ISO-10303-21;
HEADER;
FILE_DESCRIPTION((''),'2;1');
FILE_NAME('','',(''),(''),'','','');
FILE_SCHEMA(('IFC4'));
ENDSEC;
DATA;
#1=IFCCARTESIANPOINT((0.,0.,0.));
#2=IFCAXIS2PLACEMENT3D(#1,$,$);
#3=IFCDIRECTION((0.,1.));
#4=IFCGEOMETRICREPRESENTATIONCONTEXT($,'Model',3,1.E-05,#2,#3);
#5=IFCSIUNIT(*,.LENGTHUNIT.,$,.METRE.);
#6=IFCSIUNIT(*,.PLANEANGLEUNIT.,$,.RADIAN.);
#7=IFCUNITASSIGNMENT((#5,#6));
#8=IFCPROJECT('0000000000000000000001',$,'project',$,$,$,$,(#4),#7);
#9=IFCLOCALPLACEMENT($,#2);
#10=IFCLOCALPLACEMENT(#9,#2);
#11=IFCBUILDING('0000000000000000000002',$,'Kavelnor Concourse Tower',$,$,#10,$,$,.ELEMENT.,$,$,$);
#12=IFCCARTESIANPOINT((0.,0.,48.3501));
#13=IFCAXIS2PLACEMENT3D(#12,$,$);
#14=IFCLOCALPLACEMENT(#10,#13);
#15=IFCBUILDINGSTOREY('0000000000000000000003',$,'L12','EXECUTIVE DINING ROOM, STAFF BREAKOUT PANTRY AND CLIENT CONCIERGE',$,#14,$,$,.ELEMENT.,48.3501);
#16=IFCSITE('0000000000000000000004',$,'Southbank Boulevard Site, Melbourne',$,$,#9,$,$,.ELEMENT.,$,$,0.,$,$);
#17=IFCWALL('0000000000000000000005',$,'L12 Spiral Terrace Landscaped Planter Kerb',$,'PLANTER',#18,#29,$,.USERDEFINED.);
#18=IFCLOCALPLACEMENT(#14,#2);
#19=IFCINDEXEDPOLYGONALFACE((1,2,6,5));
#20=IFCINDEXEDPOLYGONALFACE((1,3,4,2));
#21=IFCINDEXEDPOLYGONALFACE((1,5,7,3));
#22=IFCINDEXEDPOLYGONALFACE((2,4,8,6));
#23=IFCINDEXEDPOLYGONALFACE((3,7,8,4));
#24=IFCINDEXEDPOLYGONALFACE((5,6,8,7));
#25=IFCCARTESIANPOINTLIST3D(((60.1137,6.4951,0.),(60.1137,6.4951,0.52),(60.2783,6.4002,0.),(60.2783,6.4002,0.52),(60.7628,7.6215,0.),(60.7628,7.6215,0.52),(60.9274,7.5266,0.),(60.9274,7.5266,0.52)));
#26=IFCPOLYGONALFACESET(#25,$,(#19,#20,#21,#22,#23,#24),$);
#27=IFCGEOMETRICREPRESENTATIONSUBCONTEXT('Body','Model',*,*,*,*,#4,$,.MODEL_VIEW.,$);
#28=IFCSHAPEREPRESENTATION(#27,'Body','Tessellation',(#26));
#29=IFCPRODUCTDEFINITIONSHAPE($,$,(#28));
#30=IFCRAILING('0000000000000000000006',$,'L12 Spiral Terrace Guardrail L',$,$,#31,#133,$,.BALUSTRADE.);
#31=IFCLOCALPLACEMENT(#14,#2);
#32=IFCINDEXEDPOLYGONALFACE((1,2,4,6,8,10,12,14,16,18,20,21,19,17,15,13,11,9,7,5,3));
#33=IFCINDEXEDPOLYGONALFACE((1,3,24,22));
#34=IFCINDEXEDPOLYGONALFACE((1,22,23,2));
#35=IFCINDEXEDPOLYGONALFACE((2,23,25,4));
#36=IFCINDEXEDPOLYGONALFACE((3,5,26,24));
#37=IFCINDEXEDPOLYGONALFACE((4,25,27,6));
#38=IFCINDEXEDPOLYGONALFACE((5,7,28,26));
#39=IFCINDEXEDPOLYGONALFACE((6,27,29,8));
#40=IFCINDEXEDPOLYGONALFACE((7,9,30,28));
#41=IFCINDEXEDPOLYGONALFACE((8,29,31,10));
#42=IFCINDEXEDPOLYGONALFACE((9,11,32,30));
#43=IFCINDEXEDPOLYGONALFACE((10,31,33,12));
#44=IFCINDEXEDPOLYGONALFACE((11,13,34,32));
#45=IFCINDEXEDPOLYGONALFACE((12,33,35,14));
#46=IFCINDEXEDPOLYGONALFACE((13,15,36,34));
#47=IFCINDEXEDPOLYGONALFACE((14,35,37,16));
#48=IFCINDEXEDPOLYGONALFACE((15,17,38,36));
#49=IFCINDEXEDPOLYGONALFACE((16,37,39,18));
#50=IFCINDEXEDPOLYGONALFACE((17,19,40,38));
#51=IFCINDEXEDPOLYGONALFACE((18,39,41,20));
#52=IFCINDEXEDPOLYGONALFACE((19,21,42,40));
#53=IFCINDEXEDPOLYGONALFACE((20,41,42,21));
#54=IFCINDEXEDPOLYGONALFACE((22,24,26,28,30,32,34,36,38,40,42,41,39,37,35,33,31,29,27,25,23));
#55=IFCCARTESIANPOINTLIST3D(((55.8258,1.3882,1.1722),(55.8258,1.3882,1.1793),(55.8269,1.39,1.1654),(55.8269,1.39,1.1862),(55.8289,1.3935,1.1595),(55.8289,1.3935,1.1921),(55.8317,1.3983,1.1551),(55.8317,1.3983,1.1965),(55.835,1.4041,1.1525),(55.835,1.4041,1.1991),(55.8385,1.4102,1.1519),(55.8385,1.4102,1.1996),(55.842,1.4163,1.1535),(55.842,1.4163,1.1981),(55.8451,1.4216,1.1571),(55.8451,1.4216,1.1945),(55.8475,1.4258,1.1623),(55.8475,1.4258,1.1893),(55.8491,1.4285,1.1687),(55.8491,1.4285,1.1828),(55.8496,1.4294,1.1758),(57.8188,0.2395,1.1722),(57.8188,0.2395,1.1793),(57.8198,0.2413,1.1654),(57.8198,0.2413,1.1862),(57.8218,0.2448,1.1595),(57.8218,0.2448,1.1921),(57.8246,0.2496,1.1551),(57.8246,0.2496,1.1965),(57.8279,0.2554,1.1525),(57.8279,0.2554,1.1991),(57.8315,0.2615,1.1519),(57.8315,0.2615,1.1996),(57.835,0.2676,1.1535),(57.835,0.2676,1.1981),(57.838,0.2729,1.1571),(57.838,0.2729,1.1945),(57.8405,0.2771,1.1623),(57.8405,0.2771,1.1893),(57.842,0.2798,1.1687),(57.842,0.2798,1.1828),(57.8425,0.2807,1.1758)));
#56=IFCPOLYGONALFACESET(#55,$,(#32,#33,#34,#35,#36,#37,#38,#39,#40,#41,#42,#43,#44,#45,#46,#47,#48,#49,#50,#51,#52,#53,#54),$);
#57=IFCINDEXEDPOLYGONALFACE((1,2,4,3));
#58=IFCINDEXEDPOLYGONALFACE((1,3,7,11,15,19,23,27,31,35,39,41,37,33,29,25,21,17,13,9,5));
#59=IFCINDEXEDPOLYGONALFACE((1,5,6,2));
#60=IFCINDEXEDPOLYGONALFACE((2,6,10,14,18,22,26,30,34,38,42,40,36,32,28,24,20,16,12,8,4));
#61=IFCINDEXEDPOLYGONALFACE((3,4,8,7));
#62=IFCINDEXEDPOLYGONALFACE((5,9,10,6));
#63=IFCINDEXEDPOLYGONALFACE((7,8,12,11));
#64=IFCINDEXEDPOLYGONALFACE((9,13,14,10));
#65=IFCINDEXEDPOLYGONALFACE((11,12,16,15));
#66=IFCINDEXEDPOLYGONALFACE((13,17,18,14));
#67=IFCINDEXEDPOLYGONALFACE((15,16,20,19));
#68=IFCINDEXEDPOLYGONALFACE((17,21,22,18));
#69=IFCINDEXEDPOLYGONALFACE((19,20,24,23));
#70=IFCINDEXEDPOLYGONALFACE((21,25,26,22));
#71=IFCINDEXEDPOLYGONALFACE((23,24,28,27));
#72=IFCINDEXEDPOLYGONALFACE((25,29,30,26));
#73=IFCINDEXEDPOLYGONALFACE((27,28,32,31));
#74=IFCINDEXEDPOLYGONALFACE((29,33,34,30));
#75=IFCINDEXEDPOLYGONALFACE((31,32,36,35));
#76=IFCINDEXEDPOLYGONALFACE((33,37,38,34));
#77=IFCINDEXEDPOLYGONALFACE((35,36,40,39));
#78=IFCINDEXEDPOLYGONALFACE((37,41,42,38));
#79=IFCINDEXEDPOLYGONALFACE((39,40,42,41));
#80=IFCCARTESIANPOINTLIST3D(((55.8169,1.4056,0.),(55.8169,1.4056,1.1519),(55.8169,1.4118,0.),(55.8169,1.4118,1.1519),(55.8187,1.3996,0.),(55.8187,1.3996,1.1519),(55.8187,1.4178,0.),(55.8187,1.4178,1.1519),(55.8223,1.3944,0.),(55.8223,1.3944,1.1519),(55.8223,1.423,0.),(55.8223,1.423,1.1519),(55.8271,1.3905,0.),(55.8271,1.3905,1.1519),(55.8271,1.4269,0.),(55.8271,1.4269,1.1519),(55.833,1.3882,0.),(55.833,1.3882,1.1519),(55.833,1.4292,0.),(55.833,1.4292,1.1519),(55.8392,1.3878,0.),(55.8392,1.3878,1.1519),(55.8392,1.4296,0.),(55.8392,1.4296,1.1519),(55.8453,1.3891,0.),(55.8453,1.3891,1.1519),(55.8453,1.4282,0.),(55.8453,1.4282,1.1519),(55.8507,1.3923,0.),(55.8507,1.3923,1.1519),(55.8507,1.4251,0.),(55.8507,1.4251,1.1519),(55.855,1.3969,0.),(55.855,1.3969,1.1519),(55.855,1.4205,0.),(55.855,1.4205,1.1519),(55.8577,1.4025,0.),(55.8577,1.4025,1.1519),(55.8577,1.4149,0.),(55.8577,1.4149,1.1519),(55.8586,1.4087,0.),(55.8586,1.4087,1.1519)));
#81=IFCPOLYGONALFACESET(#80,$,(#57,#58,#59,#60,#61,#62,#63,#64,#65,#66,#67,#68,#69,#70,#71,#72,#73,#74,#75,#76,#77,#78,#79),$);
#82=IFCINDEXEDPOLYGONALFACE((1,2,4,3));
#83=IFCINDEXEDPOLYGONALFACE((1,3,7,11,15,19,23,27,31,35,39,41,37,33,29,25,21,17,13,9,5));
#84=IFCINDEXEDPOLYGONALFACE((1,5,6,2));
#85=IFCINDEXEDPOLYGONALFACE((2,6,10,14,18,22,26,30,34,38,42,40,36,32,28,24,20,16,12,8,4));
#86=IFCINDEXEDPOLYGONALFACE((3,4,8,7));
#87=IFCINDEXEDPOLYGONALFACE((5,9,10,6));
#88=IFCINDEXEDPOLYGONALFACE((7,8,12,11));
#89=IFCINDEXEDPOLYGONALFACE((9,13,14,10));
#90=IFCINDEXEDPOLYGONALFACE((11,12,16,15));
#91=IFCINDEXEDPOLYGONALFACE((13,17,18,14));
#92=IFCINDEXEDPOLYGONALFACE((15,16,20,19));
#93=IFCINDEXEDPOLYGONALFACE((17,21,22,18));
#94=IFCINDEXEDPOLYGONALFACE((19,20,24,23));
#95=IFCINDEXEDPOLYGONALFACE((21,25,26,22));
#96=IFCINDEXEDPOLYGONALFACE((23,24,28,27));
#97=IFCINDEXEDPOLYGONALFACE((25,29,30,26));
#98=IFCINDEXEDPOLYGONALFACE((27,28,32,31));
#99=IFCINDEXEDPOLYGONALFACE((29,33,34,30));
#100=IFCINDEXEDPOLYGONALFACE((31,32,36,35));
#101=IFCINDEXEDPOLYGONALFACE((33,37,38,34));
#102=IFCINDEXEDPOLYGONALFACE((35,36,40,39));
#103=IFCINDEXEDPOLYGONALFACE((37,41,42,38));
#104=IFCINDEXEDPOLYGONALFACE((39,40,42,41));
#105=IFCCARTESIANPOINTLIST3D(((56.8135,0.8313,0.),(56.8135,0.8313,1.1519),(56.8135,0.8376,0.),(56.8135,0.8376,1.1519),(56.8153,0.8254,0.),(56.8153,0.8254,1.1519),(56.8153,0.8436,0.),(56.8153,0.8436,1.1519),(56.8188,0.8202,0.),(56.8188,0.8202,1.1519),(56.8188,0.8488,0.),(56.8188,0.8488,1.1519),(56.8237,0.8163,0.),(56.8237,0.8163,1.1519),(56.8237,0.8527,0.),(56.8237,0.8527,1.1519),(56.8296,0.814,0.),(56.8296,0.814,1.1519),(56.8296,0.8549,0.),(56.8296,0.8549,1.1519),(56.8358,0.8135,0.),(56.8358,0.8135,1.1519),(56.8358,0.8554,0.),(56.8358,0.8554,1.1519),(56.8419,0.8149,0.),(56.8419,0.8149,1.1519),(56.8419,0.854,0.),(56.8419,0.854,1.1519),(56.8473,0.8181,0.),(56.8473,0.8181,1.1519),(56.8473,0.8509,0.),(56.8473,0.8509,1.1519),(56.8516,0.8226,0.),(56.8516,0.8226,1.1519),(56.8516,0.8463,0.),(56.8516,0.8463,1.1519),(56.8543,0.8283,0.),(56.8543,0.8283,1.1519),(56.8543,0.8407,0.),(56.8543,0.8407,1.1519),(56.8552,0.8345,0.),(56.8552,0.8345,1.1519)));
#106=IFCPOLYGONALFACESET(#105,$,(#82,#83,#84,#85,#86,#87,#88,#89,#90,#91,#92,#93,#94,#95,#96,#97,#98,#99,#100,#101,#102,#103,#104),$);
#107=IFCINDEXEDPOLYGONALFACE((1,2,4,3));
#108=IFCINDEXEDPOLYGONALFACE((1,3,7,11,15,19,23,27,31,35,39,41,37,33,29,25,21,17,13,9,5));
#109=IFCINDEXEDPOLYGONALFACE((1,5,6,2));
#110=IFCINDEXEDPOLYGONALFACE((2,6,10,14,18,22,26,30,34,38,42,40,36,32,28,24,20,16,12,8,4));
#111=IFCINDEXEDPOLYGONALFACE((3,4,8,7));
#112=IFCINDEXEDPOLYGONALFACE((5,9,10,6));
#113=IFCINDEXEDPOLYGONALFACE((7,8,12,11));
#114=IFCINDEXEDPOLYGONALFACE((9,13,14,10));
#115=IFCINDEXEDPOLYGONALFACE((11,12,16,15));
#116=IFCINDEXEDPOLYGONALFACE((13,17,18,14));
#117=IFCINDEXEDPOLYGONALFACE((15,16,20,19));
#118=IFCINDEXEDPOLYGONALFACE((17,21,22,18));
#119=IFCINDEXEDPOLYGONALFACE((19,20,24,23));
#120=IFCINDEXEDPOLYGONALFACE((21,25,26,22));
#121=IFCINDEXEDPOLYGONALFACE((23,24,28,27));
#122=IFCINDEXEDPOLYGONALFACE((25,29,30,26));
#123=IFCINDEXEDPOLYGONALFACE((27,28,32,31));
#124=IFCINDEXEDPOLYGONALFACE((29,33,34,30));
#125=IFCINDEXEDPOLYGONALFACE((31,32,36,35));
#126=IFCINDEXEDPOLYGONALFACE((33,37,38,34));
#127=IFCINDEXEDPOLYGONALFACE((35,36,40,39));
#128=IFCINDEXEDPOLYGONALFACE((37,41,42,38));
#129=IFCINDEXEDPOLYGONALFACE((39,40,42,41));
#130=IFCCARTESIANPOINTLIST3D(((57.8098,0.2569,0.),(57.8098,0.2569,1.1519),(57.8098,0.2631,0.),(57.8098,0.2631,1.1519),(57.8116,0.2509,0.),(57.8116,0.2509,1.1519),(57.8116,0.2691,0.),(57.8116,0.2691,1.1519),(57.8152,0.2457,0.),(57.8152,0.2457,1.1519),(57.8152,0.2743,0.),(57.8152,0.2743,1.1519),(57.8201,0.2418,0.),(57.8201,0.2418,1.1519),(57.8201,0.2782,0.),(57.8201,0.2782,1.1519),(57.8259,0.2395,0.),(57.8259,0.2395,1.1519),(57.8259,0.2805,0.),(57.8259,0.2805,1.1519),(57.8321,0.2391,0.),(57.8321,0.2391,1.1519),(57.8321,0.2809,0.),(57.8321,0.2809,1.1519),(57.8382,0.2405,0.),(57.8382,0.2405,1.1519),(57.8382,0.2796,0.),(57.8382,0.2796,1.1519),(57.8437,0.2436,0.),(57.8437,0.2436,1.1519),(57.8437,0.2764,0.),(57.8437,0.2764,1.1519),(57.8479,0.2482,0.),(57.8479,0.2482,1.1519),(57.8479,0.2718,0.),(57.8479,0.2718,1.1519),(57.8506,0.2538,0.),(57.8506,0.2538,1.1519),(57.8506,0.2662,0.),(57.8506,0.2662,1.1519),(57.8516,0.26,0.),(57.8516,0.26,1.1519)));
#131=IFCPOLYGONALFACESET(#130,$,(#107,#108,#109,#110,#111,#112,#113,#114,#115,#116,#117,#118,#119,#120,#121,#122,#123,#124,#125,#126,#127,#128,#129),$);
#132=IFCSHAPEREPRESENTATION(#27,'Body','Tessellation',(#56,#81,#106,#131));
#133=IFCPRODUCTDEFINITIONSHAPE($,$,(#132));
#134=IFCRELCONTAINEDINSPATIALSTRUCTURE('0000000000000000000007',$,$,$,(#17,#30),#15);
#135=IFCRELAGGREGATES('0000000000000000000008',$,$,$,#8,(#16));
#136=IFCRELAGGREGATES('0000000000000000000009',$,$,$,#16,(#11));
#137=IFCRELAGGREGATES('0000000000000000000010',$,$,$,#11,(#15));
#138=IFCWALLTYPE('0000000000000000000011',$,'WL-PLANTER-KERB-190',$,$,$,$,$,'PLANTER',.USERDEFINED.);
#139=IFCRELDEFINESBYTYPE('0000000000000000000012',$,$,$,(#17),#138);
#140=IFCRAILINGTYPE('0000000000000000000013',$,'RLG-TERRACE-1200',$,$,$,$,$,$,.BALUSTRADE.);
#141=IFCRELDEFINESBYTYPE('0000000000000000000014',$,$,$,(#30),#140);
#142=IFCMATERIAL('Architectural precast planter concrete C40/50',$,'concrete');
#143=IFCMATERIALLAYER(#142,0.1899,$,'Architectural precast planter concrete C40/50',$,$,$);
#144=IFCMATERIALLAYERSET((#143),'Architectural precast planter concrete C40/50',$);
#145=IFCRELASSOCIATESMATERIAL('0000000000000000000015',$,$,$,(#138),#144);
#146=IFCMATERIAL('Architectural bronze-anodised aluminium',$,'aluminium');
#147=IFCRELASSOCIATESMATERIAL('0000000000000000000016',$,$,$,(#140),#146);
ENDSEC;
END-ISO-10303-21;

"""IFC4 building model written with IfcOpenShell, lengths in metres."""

from ifc_helpers import new_model, si_unit, direction, frame, frame_2d, origin, origin_2d, place, context, subcontext, project, spatial, rectangle, circle, extrude, material, layer, layer_set, type_object, element, save


model = new_model("IFC4")

# Units and contexts
model_context = context("Model", 3, precision=1e-05, world=origin(), true_north=direction((0.0, 1.0)))
body_context = subcontext(model_context, "Body", "Model", "MODEL_VIEW")
ifc_project = project(units=[si_unit("LENGTHUNIT", "METRE"), si_unit("PLANEANGLEUNIT", "RADIAN")], contexts=[model_context])

# Site, building, storey
site_placement = place(None, origin())
site = spatial("IfcSite", under=ifc_project, at=site_placement, Name="Southbank Boulevard Site, Melbourne", CompositionType="ELEMENT", RefElevation=0.0)
building_placement = place(site_placement, origin())
building = spatial("IfcBuilding", under=site, at=building_placement, Name="Kavelnor Concourse Tower", CompositionType="ELEMENT")
storey_placement = place(building_placement, frame((0.0, 0.0, 48.3501)))
storey = spatial("IfcBuildingStorey", under=building, at=storey_placement, Name="L12", Description="EXECUTIVE DINING ROOM, STAFF BREAKOUT PANTRY AND CLIENT CONCIERGE", CompositionType="ELEMENT", Elevation=48.3501)

# Wall
ifc_material_1 = material(Name="Architectural precast planter concrete C40/50", Category="concrete")
ifc_layer_1 = layer(ifc_material_1, 0.1899, Name="Architectural precast planter concrete C40/50")
ifc_layer_set_1 = layer_set([ifc_layer_1], Name="Architectural precast planter concrete C40/50")
wall_type_1 = type_object("IfcWallType", Name="WL-PLANTER-KERB-190", ElementType="PLANTER", PredefinedType="USERDEFINED", material=ifc_layer_set_1)
wall_1_placement = place(storey_placement, frame((60.196, 6.4478, 0.0), z_axis=(0.0, 0.0, 1.0), x_axis=(0.499311, 0.866423, 0.0)))
element("IfcWall", 1, at=wall_1_placement, inside=storey, type_object=wall_type_1, Name="L12 Spiral Terrace Landscaped Planter Kerb", ObjectType="PLANTER", PredefinedType="USERDEFINED", context=body_context, shape_type="SweptSolid", body=[
    extrude(rectangle(XDim=1.3, YDim=0.1899, at=frame_2d((0.6499, 0.0))), origin(), (0.0, 0.0, 1.0), 0.52),
])

# Railing
ifc_material_2 = material(Name="Architectural bronze-anodised aluminium", Category="aluminium")
railing_type = type_object("IfcRailingType", Name="RLG-TERRACE-1200", PredefinedType="BALUSTRADE", material=ifc_material_2)
railing_1_placement = place(storey_placement, frame((55.8376, 1.4087, 0.0)))
element("IfcRailing", 2, at=railing_1_placement, inside=storey, type_object=railing_type, Name="L12 Spiral Terrace Guardrail L", PredefinedType="BALUSTRADE", context=body_context, shape_type="SweptSolid", body=[
    extrude(circle(Radius=0.0239, at=origin_2d()), frame((0.0, 0.0, 1.1758), z_axis=(0.866389, -0.49937, 0.0), x_axis=(0.49937, 0.866389, 0.0)), (0.0, 0.0, 1.0), 2.3003),
    extrude(circle(Radius=0.021, at=origin_2d()), origin(), (0.0, 0.0, 1.0), 1.1519),
    extrude(circle(Radius=0.021, at=origin_2d()), frame((0.9966, -0.5742, 0.0)), (0.0, 0.0, 1.0), 1.1519),
    extrude(circle(Radius=0.021, at=origin_2d()), frame((1.9929, -1.1487, 0.0)), (0.0, 0.0, 1.0), 1.1519),
])

save(model, "model.ifc")
